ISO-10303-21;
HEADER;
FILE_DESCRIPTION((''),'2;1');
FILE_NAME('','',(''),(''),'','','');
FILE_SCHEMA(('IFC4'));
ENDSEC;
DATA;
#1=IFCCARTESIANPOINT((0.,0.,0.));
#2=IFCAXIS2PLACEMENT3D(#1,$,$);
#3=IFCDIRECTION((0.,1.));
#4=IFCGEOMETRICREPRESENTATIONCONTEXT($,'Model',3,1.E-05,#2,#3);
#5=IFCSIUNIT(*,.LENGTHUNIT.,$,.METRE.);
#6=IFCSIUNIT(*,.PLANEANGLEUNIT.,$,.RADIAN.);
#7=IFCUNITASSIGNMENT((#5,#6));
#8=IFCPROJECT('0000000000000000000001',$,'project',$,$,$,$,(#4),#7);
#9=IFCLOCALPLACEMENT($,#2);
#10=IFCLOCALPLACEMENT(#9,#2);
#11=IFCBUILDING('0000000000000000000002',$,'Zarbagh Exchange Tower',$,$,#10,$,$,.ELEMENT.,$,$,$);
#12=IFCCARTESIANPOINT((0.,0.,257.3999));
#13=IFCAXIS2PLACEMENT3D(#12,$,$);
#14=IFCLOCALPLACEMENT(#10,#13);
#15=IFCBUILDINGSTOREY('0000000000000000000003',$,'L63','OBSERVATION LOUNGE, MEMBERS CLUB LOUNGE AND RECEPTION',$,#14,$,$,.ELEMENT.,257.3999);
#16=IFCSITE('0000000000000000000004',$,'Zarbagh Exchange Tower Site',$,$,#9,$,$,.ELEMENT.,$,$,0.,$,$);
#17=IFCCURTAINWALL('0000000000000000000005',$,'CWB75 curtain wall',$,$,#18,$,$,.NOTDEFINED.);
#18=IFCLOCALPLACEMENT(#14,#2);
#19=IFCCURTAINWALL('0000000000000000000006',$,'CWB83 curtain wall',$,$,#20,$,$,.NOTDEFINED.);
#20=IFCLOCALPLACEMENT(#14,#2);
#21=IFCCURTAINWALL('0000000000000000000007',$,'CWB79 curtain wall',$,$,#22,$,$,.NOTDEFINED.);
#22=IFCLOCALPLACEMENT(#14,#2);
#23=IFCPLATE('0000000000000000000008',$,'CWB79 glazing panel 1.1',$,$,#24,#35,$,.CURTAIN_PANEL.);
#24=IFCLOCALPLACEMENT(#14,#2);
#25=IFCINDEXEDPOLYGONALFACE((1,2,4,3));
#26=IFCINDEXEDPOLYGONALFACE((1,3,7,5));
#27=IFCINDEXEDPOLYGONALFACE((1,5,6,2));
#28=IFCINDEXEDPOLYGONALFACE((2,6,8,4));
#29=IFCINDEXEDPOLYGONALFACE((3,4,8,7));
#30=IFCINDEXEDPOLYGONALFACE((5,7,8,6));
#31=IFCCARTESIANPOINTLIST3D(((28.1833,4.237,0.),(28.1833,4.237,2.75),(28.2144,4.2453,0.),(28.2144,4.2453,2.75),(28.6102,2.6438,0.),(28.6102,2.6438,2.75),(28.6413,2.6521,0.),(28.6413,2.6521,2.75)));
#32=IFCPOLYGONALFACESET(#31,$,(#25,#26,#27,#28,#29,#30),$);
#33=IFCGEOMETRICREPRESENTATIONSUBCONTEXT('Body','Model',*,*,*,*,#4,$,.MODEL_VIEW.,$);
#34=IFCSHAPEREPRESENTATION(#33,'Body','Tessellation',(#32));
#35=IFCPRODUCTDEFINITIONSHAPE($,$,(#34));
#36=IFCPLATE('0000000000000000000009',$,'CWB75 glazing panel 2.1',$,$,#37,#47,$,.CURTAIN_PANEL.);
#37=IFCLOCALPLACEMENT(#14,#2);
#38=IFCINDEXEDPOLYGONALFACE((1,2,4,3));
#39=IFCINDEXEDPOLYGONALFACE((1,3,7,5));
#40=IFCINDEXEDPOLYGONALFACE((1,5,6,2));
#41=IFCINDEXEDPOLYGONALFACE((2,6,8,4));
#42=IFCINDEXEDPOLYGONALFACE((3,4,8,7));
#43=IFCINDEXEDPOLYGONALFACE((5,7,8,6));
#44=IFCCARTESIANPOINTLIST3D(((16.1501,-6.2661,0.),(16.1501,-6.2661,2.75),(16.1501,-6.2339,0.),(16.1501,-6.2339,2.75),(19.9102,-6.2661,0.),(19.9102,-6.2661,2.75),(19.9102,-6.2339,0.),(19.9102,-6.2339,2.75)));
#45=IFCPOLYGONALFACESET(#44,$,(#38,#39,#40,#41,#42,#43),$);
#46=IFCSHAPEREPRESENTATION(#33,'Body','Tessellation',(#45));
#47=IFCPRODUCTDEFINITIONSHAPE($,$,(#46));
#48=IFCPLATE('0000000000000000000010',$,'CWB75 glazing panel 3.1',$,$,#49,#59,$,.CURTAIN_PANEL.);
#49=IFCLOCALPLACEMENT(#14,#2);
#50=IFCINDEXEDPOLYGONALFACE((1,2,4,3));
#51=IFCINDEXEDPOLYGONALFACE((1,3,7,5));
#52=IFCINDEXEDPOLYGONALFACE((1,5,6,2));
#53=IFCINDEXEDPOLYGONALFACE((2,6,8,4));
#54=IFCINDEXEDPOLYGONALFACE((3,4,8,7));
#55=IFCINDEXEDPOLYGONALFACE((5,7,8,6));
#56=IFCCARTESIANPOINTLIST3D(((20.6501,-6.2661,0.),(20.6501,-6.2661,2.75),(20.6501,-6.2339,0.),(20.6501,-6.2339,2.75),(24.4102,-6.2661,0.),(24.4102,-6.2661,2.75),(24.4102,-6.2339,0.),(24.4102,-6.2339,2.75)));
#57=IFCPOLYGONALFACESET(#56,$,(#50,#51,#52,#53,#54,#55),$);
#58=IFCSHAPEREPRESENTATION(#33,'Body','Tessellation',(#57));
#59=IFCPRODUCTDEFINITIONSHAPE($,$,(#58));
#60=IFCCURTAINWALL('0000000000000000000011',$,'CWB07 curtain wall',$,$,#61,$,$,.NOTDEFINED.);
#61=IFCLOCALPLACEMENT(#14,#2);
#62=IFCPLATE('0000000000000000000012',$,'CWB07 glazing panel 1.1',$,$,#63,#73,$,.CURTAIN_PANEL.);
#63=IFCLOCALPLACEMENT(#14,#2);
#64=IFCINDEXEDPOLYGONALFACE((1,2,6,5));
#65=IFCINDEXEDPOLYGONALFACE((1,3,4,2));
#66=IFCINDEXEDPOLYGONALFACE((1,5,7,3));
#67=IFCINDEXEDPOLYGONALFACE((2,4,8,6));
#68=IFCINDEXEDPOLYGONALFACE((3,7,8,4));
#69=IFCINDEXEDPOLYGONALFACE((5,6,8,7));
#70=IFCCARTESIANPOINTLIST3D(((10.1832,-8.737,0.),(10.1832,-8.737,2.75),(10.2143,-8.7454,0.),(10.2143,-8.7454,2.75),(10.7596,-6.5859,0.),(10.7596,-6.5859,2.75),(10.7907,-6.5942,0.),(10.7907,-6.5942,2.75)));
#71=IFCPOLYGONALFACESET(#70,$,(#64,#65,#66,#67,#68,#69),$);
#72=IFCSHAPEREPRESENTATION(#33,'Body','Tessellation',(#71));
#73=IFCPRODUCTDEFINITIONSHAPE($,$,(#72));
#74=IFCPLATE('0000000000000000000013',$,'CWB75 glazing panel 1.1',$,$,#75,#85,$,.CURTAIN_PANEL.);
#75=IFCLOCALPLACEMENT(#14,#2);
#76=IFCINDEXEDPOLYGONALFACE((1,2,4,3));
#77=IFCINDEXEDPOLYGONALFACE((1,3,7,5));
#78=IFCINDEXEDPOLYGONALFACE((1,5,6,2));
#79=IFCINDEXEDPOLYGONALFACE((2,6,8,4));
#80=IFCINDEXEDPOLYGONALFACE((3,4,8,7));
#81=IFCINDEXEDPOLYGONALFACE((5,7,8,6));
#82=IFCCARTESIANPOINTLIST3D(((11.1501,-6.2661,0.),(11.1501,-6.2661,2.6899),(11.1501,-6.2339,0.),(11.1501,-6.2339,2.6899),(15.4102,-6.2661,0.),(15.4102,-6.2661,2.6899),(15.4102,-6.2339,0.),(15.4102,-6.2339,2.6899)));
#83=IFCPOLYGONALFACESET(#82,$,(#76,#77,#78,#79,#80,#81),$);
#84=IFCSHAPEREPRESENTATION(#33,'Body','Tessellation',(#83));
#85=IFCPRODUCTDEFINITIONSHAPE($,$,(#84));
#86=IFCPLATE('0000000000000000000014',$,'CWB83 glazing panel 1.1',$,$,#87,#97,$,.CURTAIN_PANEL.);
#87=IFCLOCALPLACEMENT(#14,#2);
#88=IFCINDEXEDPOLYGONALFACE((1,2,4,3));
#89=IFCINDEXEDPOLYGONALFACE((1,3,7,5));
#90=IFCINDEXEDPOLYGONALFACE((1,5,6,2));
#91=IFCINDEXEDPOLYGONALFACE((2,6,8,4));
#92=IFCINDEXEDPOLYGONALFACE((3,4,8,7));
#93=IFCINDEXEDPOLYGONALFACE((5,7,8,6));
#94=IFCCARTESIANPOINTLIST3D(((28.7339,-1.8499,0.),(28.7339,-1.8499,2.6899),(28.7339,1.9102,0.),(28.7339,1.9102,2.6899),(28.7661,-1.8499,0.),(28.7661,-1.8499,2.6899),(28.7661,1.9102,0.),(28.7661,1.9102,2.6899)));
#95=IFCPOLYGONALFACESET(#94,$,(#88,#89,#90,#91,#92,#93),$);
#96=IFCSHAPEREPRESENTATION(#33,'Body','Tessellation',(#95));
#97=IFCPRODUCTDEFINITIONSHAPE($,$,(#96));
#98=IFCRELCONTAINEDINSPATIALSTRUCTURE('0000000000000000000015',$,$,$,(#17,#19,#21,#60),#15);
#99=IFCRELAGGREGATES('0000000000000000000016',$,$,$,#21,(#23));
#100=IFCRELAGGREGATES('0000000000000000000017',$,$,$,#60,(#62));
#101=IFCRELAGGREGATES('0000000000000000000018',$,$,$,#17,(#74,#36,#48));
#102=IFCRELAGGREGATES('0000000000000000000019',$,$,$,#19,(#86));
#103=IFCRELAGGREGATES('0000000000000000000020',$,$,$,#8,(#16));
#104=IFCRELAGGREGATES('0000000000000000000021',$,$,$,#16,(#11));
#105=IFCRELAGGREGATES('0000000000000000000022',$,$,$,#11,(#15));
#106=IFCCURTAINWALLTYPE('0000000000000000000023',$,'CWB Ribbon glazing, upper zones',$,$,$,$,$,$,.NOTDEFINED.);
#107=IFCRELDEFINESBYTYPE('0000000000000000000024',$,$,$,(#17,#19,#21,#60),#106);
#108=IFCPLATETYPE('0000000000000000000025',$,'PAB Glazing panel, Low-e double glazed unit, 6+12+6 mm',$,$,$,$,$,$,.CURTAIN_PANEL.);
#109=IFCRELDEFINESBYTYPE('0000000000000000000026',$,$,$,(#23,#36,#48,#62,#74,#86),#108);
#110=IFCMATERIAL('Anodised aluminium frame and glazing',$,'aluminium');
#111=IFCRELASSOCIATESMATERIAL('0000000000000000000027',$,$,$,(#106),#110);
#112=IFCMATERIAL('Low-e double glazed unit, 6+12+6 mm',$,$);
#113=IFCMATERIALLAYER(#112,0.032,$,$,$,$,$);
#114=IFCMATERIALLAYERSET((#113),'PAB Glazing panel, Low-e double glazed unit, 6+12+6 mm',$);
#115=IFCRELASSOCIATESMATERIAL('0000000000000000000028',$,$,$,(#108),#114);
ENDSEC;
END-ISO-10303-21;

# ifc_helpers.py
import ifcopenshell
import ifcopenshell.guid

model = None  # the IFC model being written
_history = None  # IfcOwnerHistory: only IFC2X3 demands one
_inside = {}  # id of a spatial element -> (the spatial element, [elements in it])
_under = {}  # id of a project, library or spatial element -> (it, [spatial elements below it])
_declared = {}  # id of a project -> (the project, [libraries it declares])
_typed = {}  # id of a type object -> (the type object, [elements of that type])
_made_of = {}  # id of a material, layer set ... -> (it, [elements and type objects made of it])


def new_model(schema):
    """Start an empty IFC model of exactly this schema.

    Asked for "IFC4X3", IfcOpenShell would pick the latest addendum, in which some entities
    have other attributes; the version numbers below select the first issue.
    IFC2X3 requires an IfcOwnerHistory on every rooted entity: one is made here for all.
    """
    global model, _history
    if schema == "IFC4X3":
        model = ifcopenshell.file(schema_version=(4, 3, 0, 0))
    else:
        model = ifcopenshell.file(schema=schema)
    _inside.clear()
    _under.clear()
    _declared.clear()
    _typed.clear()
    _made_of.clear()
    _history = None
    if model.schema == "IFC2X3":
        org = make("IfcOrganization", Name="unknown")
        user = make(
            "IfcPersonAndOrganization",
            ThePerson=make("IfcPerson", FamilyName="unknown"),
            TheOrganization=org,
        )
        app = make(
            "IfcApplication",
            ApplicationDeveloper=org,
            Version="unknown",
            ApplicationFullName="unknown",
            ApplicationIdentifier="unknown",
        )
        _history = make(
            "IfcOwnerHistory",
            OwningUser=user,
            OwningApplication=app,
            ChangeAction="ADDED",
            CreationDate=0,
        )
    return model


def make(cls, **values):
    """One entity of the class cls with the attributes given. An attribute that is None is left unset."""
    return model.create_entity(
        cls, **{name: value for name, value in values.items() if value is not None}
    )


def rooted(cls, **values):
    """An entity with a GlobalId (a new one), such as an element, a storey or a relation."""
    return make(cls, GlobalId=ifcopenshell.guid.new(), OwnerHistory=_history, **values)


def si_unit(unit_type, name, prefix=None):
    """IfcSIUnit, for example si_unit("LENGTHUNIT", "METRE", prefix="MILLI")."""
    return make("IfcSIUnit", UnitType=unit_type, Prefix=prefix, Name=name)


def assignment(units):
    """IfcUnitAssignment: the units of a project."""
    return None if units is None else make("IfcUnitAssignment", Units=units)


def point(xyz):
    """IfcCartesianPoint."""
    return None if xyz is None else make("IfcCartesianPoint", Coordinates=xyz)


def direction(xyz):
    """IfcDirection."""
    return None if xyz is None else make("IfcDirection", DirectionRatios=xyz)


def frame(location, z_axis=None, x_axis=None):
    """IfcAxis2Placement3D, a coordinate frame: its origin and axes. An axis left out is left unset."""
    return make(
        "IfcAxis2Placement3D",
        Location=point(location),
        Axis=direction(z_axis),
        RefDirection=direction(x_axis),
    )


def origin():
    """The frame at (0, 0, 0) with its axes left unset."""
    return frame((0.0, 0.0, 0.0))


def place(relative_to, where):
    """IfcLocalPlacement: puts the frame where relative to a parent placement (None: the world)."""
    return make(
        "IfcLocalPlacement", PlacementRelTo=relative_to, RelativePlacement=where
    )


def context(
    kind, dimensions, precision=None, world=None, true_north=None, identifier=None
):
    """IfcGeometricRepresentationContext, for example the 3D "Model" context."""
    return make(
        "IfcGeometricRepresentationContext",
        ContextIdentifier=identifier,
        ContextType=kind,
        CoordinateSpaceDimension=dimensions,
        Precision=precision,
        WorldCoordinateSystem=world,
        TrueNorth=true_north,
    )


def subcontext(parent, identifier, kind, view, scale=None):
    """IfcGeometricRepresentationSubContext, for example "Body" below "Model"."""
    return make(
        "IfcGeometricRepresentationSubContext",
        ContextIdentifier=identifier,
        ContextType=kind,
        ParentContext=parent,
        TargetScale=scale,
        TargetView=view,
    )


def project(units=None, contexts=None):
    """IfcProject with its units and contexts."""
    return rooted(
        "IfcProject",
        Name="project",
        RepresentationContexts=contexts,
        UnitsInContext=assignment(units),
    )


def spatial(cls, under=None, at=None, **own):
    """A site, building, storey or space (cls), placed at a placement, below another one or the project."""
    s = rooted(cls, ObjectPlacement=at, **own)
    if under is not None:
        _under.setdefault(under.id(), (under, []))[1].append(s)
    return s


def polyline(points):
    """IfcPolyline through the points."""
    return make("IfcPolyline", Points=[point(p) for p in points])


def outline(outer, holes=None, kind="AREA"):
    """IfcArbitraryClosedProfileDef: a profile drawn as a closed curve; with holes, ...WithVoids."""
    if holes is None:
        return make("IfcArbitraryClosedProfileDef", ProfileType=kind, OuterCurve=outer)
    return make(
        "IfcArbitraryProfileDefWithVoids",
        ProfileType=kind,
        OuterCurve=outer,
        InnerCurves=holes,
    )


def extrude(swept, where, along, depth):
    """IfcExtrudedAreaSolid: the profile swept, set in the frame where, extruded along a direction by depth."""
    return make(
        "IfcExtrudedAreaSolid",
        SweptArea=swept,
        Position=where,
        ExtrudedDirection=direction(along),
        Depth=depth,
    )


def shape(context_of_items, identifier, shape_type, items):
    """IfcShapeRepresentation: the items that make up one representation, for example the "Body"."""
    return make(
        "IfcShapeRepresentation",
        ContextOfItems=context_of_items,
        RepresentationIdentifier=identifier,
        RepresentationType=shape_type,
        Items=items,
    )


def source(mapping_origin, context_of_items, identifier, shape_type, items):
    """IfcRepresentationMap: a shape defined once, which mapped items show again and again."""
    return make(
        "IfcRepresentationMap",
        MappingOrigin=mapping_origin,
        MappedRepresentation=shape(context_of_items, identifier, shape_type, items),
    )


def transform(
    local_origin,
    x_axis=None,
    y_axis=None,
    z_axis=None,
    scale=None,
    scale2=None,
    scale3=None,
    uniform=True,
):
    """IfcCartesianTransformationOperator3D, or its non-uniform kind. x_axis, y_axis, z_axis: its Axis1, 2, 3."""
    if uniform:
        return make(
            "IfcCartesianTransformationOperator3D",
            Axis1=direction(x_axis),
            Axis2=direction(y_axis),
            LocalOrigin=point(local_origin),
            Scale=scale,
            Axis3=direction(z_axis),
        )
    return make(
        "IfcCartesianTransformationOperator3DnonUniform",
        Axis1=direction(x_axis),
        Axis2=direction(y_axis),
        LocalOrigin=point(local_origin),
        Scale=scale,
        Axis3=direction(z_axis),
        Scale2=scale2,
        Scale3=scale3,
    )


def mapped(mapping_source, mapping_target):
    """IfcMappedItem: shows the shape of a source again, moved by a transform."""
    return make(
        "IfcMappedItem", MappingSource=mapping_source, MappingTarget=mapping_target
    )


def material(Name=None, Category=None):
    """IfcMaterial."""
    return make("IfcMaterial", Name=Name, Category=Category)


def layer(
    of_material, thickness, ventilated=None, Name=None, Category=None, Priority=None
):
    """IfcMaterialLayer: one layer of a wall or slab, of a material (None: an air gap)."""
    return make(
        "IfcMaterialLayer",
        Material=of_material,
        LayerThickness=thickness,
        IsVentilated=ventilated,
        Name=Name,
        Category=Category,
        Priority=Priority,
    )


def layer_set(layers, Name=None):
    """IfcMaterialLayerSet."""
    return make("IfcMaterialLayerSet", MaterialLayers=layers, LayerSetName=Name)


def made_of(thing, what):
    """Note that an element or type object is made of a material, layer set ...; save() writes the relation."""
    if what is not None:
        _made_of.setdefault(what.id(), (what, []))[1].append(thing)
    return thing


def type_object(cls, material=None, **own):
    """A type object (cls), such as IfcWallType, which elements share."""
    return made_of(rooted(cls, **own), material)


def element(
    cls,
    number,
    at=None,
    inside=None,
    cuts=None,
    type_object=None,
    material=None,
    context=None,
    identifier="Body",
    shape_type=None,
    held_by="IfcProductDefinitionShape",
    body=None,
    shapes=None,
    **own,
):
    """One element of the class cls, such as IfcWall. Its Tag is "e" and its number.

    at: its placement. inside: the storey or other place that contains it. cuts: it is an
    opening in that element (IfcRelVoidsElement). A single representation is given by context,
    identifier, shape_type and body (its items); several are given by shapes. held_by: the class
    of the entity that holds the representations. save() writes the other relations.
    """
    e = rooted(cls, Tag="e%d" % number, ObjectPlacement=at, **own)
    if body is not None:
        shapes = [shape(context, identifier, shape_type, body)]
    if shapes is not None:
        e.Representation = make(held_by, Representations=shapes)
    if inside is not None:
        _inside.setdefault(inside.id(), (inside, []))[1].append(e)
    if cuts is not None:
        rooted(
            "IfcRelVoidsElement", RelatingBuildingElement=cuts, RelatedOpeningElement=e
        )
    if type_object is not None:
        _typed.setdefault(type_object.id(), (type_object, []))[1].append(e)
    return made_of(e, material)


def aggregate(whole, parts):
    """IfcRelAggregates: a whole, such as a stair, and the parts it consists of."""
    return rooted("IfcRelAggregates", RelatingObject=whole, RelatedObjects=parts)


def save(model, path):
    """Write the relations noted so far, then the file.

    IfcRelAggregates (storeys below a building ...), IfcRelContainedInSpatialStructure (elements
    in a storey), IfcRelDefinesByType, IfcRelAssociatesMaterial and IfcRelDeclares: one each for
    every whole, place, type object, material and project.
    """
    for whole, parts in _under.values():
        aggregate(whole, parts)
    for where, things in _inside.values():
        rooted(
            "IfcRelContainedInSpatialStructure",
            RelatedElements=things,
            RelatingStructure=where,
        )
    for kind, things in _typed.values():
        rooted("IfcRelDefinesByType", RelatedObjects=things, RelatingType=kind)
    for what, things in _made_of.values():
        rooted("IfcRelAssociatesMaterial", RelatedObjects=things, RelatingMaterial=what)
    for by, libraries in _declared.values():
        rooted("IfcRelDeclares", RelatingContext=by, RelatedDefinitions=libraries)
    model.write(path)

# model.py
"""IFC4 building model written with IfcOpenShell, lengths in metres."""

from ifc_helpers import new_model, si_unit, direction, frame, origin, place, context, subcontext, project, spatial, polyline, outline, extrude, source, transform, mapped, material, layer, layer_set, type_object, element, aggregate, save


model = new_model("IFC4")

# Units and contexts
model_context = context("Model", 3, precision=1e-05, world=origin(), true_north=direction((0.0, 1.0)))
body_context = subcontext(model_context, "Body", "Model", "MODEL_VIEW")
ifc_project = project(units=[si_unit("LENGTHUNIT", "METRE"), si_unit("PLANEANGLEUNIT", "RADIAN")], contexts=[model_context])

# Site, building, storey
site_placement = place(None, origin())
site = spatial("IfcSite", under=ifc_project, at=site_placement, Name="Zarbagh Exchange Tower Site", CompositionType="ELEMENT", RefElevation=0.0)
building_placement = place(site_placement, origin())
building = spatial("IfcBuilding", under=site, at=building_placement, Name="Zarbagh Exchange Tower", CompositionType="ELEMENT")
storey_placement = place(building_placement, frame((0.0, 0.0, 257.3999)))
storey = spatial("IfcBuildingStorey", under=building, at=storey_placement, Name="L63", Description="OBSERVATION LOUNGE, MEMBERS CLUB LOUNGE AND RECEPTION", CompositionType="ELEMENT", Elevation=257.3999)

# Curtain wall
ifc_material_1 = material(Name="Anodised aluminium frame and glazing", Category="aluminium")
curtain_wall_type = type_object("IfcCurtainWallType", Name="CWB Ribbon glazing, upper zones", PredefinedType="NOTDEFINED", material=ifc_material_1)
curtain_wall_1_placement = place(storey_placement, origin())
curtain_wall_1 = element("IfcCurtainWall", 1, at=curtain_wall_1_placement, inside=storey, type_object=curtain_wall_type, Name="CWB75 curtain wall", PredefinedType="NOTDEFINED")
placement = place(storey_placement, origin())

# Curtain walls
curtain_wall_2_placement = place(storey_placement, origin())
curtain_wall_2 = element("IfcCurtainWall", 2, at=curtain_wall_2_placement, inside=storey, type_object=curtain_wall_type, Name="CWB83 curtain wall", PredefinedType="NOTDEFINED")
curtain_wall_3_placement = place(storey_placement, origin())
curtain_wall_3 = element("IfcCurtainWall", 3, at=curtain_wall_3_placement, inside=storey, type_object=curtain_wall_type, Name="CWB79 curtain wall", PredefinedType="NOTDEFINED")

# Shared definitions
ifc_material_2 = material(Name="Low-e double glazed unit, 6+12+6 mm")
ifc_layer = layer(ifc_material_2, 0.032)
ifc_layer_set = layer_set([ifc_layer], Name="PAB Glazing panel, Low-e double glazed unit, 6+12+6 mm")
plate_type = type_object("IfcPlateType", Name="PAB Glazing panel, Low-e double glazed unit, 6+12+6 mm", PredefinedType="CURTAIN_PANEL", material=ifc_layer_set)

# Plates
shared_shape_1 = source(origin(), body_context, "Body", "SweptSolid", [
    extrude(outline(polyline([(0.0, -0.0161), (1.6494, -0.0161), (1.6494, 0.0161), (0.0, 0.0161), (0.0, -0.0161)])), origin(), (0.0, 0.0, 1.0), 2.75),
])
plate_1 = element("IfcPlate", 4, at=placement, type_object=plate_type, Name="CWB79 glazing panel 1.1", PredefinedType="CURTAIN_PANEL", context=body_context, shape_type="MappedRepresentation", body=[
    mapped(shared_shape_1, transform((28.6257, 2.6479, 0.0), x_axis=(-0.258825, 0.965924, 0.0), y_axis=(-0.965924, -0.258825, 0.0), z_axis=(0.0, 0.0, 1.0))),
])
aggregate(curtain_wall_3, [plate_1])
shared_shape_2 = source(origin(), body_context, "Body", "SweptSolid", [
    extrude(outline(polyline([(0.0, -0.0161), (3.76, -0.0161), (3.76, 0.0161), (0.0, 0.0161), (0.0, -0.0161)])), origin(), (0.0, 0.0, 1.0), 2.75),
])
plate_2 = element("IfcPlate", 5, at=placement, type_object=plate_type, Name="CWB75 glazing panel 2.1", PredefinedType="CURTAIN_PANEL", context=body_context, shape_type="MappedRepresentation", body=[
    mapped(shared_shape_2, transform((16.1501, -6.25, 0.0), x_axis=(1.0, 0.0, 0.0), y_axis=(0.0, 1.0, 0.0), z_axis=(0.0, 0.0, 1.0))),
])
plate_3 = element("IfcPlate", 6, at=placement, type_object=plate_type, Name="CWB75 glazing panel 3.1", PredefinedType="CURTAIN_PANEL", context=body_context, shape_type="MappedRepresentation", body=[
    mapped(shared_shape_2, transform((20.6501, -6.25, 0.0), x_axis=(1.0, 0.0, 0.0), y_axis=(0.0, 1.0, 0.0), z_axis=(0.0, 0.0, 1.0))),
])

# Curtain wall, plate
curtain_wall_4_placement = place(storey_placement, origin())
curtain_wall_4 = element("IfcCurtainWall", 7, at=curtain_wall_4_placement, inside=storey, type_object=curtain_wall_type, Name="CWB07 curtain wall", PredefinedType="NOTDEFINED")
shared_shape_3 = source(origin(), body_context, "Body", "SweptSolid", [
    extrude(outline(polyline([(0.0, -0.0161), (2.2271, -0.0161), (2.2271, 0.0161), (0.0, 0.0161), (0.0, -0.0161)])), origin(), (0.0, 0.0, 1.0), 2.75),
])
plate_4 = element("IfcPlate", 8, at=placement, type_object=plate_type, Name="CWB07 glazing panel 1.1", PredefinedType="CURTAIN_PANEL", context=body_context, shape_type="MappedRepresentation", body=[
    mapped(shared_shape_3, transform((10.1987, -8.7412, 0.0), x_axis=(0.258825, 0.965924, 0.0), y_axis=(-0.965924, 0.258825, 0.0), z_axis=(0.0, 0.0, 1.0))),
])
aggregate(curtain_wall_4, [plate_4])

# Plates
shared_shape_4 = source(origin(), body_context, "Body", "SweptSolid", [
    extrude(outline(polyline([(0.0, -0.0161), (4.26, -0.0161), (4.26, 0.0161), (0.0, 0.0161), (0.0, -0.0161)])), origin(), (0.0, 0.0, 1.0), 2.6899),
])
plate_5 = element("IfcPlate", 9, at=placement, type_object=plate_type, Name="CWB75 glazing panel 1.1", PredefinedType="CURTAIN_PANEL", context=body_context, shape_type="MappedRepresentation", body=[
    mapped(shared_shape_4, transform((11.1501, -6.25, 0.0), x_axis=(1.0, 0.0, 0.0), y_axis=(0.0, 1.0, 0.0), z_axis=(0.0, 0.0, 1.0))),
])
aggregate(curtain_wall_1, [plate_5, plate_2, plate_3])
shared_shape_5 = source(origin(), body_context, "Body", "SweptSolid", [
    extrude(outline(polyline([(0.0, -0.0161), (3.76, -0.0161), (3.76, 0.0161), (0.0, 0.0161), (0.0, -0.0161)])), origin(), (0.0, 0.0, 1.0), 2.6899),
])
plate_6 = element("IfcPlate", 10, at=placement, type_object=plate_type, Name="CWB83 glazing panel 1.1", PredefinedType="CURTAIN_PANEL", context=body_context, shape_type="MappedRepresentation", body=[
    mapped(shared_shape_5, transform((28.75, -1.8499, 0.0), x_axis=(0.0, 1.0, 0.0), y_axis=(-1.0, 0.0, 0.0), z_axis=(0.0, 0.0, 1.0))),
])
aggregate(curtain_wall_2, [plate_6])

save(model, "model.ifc")
